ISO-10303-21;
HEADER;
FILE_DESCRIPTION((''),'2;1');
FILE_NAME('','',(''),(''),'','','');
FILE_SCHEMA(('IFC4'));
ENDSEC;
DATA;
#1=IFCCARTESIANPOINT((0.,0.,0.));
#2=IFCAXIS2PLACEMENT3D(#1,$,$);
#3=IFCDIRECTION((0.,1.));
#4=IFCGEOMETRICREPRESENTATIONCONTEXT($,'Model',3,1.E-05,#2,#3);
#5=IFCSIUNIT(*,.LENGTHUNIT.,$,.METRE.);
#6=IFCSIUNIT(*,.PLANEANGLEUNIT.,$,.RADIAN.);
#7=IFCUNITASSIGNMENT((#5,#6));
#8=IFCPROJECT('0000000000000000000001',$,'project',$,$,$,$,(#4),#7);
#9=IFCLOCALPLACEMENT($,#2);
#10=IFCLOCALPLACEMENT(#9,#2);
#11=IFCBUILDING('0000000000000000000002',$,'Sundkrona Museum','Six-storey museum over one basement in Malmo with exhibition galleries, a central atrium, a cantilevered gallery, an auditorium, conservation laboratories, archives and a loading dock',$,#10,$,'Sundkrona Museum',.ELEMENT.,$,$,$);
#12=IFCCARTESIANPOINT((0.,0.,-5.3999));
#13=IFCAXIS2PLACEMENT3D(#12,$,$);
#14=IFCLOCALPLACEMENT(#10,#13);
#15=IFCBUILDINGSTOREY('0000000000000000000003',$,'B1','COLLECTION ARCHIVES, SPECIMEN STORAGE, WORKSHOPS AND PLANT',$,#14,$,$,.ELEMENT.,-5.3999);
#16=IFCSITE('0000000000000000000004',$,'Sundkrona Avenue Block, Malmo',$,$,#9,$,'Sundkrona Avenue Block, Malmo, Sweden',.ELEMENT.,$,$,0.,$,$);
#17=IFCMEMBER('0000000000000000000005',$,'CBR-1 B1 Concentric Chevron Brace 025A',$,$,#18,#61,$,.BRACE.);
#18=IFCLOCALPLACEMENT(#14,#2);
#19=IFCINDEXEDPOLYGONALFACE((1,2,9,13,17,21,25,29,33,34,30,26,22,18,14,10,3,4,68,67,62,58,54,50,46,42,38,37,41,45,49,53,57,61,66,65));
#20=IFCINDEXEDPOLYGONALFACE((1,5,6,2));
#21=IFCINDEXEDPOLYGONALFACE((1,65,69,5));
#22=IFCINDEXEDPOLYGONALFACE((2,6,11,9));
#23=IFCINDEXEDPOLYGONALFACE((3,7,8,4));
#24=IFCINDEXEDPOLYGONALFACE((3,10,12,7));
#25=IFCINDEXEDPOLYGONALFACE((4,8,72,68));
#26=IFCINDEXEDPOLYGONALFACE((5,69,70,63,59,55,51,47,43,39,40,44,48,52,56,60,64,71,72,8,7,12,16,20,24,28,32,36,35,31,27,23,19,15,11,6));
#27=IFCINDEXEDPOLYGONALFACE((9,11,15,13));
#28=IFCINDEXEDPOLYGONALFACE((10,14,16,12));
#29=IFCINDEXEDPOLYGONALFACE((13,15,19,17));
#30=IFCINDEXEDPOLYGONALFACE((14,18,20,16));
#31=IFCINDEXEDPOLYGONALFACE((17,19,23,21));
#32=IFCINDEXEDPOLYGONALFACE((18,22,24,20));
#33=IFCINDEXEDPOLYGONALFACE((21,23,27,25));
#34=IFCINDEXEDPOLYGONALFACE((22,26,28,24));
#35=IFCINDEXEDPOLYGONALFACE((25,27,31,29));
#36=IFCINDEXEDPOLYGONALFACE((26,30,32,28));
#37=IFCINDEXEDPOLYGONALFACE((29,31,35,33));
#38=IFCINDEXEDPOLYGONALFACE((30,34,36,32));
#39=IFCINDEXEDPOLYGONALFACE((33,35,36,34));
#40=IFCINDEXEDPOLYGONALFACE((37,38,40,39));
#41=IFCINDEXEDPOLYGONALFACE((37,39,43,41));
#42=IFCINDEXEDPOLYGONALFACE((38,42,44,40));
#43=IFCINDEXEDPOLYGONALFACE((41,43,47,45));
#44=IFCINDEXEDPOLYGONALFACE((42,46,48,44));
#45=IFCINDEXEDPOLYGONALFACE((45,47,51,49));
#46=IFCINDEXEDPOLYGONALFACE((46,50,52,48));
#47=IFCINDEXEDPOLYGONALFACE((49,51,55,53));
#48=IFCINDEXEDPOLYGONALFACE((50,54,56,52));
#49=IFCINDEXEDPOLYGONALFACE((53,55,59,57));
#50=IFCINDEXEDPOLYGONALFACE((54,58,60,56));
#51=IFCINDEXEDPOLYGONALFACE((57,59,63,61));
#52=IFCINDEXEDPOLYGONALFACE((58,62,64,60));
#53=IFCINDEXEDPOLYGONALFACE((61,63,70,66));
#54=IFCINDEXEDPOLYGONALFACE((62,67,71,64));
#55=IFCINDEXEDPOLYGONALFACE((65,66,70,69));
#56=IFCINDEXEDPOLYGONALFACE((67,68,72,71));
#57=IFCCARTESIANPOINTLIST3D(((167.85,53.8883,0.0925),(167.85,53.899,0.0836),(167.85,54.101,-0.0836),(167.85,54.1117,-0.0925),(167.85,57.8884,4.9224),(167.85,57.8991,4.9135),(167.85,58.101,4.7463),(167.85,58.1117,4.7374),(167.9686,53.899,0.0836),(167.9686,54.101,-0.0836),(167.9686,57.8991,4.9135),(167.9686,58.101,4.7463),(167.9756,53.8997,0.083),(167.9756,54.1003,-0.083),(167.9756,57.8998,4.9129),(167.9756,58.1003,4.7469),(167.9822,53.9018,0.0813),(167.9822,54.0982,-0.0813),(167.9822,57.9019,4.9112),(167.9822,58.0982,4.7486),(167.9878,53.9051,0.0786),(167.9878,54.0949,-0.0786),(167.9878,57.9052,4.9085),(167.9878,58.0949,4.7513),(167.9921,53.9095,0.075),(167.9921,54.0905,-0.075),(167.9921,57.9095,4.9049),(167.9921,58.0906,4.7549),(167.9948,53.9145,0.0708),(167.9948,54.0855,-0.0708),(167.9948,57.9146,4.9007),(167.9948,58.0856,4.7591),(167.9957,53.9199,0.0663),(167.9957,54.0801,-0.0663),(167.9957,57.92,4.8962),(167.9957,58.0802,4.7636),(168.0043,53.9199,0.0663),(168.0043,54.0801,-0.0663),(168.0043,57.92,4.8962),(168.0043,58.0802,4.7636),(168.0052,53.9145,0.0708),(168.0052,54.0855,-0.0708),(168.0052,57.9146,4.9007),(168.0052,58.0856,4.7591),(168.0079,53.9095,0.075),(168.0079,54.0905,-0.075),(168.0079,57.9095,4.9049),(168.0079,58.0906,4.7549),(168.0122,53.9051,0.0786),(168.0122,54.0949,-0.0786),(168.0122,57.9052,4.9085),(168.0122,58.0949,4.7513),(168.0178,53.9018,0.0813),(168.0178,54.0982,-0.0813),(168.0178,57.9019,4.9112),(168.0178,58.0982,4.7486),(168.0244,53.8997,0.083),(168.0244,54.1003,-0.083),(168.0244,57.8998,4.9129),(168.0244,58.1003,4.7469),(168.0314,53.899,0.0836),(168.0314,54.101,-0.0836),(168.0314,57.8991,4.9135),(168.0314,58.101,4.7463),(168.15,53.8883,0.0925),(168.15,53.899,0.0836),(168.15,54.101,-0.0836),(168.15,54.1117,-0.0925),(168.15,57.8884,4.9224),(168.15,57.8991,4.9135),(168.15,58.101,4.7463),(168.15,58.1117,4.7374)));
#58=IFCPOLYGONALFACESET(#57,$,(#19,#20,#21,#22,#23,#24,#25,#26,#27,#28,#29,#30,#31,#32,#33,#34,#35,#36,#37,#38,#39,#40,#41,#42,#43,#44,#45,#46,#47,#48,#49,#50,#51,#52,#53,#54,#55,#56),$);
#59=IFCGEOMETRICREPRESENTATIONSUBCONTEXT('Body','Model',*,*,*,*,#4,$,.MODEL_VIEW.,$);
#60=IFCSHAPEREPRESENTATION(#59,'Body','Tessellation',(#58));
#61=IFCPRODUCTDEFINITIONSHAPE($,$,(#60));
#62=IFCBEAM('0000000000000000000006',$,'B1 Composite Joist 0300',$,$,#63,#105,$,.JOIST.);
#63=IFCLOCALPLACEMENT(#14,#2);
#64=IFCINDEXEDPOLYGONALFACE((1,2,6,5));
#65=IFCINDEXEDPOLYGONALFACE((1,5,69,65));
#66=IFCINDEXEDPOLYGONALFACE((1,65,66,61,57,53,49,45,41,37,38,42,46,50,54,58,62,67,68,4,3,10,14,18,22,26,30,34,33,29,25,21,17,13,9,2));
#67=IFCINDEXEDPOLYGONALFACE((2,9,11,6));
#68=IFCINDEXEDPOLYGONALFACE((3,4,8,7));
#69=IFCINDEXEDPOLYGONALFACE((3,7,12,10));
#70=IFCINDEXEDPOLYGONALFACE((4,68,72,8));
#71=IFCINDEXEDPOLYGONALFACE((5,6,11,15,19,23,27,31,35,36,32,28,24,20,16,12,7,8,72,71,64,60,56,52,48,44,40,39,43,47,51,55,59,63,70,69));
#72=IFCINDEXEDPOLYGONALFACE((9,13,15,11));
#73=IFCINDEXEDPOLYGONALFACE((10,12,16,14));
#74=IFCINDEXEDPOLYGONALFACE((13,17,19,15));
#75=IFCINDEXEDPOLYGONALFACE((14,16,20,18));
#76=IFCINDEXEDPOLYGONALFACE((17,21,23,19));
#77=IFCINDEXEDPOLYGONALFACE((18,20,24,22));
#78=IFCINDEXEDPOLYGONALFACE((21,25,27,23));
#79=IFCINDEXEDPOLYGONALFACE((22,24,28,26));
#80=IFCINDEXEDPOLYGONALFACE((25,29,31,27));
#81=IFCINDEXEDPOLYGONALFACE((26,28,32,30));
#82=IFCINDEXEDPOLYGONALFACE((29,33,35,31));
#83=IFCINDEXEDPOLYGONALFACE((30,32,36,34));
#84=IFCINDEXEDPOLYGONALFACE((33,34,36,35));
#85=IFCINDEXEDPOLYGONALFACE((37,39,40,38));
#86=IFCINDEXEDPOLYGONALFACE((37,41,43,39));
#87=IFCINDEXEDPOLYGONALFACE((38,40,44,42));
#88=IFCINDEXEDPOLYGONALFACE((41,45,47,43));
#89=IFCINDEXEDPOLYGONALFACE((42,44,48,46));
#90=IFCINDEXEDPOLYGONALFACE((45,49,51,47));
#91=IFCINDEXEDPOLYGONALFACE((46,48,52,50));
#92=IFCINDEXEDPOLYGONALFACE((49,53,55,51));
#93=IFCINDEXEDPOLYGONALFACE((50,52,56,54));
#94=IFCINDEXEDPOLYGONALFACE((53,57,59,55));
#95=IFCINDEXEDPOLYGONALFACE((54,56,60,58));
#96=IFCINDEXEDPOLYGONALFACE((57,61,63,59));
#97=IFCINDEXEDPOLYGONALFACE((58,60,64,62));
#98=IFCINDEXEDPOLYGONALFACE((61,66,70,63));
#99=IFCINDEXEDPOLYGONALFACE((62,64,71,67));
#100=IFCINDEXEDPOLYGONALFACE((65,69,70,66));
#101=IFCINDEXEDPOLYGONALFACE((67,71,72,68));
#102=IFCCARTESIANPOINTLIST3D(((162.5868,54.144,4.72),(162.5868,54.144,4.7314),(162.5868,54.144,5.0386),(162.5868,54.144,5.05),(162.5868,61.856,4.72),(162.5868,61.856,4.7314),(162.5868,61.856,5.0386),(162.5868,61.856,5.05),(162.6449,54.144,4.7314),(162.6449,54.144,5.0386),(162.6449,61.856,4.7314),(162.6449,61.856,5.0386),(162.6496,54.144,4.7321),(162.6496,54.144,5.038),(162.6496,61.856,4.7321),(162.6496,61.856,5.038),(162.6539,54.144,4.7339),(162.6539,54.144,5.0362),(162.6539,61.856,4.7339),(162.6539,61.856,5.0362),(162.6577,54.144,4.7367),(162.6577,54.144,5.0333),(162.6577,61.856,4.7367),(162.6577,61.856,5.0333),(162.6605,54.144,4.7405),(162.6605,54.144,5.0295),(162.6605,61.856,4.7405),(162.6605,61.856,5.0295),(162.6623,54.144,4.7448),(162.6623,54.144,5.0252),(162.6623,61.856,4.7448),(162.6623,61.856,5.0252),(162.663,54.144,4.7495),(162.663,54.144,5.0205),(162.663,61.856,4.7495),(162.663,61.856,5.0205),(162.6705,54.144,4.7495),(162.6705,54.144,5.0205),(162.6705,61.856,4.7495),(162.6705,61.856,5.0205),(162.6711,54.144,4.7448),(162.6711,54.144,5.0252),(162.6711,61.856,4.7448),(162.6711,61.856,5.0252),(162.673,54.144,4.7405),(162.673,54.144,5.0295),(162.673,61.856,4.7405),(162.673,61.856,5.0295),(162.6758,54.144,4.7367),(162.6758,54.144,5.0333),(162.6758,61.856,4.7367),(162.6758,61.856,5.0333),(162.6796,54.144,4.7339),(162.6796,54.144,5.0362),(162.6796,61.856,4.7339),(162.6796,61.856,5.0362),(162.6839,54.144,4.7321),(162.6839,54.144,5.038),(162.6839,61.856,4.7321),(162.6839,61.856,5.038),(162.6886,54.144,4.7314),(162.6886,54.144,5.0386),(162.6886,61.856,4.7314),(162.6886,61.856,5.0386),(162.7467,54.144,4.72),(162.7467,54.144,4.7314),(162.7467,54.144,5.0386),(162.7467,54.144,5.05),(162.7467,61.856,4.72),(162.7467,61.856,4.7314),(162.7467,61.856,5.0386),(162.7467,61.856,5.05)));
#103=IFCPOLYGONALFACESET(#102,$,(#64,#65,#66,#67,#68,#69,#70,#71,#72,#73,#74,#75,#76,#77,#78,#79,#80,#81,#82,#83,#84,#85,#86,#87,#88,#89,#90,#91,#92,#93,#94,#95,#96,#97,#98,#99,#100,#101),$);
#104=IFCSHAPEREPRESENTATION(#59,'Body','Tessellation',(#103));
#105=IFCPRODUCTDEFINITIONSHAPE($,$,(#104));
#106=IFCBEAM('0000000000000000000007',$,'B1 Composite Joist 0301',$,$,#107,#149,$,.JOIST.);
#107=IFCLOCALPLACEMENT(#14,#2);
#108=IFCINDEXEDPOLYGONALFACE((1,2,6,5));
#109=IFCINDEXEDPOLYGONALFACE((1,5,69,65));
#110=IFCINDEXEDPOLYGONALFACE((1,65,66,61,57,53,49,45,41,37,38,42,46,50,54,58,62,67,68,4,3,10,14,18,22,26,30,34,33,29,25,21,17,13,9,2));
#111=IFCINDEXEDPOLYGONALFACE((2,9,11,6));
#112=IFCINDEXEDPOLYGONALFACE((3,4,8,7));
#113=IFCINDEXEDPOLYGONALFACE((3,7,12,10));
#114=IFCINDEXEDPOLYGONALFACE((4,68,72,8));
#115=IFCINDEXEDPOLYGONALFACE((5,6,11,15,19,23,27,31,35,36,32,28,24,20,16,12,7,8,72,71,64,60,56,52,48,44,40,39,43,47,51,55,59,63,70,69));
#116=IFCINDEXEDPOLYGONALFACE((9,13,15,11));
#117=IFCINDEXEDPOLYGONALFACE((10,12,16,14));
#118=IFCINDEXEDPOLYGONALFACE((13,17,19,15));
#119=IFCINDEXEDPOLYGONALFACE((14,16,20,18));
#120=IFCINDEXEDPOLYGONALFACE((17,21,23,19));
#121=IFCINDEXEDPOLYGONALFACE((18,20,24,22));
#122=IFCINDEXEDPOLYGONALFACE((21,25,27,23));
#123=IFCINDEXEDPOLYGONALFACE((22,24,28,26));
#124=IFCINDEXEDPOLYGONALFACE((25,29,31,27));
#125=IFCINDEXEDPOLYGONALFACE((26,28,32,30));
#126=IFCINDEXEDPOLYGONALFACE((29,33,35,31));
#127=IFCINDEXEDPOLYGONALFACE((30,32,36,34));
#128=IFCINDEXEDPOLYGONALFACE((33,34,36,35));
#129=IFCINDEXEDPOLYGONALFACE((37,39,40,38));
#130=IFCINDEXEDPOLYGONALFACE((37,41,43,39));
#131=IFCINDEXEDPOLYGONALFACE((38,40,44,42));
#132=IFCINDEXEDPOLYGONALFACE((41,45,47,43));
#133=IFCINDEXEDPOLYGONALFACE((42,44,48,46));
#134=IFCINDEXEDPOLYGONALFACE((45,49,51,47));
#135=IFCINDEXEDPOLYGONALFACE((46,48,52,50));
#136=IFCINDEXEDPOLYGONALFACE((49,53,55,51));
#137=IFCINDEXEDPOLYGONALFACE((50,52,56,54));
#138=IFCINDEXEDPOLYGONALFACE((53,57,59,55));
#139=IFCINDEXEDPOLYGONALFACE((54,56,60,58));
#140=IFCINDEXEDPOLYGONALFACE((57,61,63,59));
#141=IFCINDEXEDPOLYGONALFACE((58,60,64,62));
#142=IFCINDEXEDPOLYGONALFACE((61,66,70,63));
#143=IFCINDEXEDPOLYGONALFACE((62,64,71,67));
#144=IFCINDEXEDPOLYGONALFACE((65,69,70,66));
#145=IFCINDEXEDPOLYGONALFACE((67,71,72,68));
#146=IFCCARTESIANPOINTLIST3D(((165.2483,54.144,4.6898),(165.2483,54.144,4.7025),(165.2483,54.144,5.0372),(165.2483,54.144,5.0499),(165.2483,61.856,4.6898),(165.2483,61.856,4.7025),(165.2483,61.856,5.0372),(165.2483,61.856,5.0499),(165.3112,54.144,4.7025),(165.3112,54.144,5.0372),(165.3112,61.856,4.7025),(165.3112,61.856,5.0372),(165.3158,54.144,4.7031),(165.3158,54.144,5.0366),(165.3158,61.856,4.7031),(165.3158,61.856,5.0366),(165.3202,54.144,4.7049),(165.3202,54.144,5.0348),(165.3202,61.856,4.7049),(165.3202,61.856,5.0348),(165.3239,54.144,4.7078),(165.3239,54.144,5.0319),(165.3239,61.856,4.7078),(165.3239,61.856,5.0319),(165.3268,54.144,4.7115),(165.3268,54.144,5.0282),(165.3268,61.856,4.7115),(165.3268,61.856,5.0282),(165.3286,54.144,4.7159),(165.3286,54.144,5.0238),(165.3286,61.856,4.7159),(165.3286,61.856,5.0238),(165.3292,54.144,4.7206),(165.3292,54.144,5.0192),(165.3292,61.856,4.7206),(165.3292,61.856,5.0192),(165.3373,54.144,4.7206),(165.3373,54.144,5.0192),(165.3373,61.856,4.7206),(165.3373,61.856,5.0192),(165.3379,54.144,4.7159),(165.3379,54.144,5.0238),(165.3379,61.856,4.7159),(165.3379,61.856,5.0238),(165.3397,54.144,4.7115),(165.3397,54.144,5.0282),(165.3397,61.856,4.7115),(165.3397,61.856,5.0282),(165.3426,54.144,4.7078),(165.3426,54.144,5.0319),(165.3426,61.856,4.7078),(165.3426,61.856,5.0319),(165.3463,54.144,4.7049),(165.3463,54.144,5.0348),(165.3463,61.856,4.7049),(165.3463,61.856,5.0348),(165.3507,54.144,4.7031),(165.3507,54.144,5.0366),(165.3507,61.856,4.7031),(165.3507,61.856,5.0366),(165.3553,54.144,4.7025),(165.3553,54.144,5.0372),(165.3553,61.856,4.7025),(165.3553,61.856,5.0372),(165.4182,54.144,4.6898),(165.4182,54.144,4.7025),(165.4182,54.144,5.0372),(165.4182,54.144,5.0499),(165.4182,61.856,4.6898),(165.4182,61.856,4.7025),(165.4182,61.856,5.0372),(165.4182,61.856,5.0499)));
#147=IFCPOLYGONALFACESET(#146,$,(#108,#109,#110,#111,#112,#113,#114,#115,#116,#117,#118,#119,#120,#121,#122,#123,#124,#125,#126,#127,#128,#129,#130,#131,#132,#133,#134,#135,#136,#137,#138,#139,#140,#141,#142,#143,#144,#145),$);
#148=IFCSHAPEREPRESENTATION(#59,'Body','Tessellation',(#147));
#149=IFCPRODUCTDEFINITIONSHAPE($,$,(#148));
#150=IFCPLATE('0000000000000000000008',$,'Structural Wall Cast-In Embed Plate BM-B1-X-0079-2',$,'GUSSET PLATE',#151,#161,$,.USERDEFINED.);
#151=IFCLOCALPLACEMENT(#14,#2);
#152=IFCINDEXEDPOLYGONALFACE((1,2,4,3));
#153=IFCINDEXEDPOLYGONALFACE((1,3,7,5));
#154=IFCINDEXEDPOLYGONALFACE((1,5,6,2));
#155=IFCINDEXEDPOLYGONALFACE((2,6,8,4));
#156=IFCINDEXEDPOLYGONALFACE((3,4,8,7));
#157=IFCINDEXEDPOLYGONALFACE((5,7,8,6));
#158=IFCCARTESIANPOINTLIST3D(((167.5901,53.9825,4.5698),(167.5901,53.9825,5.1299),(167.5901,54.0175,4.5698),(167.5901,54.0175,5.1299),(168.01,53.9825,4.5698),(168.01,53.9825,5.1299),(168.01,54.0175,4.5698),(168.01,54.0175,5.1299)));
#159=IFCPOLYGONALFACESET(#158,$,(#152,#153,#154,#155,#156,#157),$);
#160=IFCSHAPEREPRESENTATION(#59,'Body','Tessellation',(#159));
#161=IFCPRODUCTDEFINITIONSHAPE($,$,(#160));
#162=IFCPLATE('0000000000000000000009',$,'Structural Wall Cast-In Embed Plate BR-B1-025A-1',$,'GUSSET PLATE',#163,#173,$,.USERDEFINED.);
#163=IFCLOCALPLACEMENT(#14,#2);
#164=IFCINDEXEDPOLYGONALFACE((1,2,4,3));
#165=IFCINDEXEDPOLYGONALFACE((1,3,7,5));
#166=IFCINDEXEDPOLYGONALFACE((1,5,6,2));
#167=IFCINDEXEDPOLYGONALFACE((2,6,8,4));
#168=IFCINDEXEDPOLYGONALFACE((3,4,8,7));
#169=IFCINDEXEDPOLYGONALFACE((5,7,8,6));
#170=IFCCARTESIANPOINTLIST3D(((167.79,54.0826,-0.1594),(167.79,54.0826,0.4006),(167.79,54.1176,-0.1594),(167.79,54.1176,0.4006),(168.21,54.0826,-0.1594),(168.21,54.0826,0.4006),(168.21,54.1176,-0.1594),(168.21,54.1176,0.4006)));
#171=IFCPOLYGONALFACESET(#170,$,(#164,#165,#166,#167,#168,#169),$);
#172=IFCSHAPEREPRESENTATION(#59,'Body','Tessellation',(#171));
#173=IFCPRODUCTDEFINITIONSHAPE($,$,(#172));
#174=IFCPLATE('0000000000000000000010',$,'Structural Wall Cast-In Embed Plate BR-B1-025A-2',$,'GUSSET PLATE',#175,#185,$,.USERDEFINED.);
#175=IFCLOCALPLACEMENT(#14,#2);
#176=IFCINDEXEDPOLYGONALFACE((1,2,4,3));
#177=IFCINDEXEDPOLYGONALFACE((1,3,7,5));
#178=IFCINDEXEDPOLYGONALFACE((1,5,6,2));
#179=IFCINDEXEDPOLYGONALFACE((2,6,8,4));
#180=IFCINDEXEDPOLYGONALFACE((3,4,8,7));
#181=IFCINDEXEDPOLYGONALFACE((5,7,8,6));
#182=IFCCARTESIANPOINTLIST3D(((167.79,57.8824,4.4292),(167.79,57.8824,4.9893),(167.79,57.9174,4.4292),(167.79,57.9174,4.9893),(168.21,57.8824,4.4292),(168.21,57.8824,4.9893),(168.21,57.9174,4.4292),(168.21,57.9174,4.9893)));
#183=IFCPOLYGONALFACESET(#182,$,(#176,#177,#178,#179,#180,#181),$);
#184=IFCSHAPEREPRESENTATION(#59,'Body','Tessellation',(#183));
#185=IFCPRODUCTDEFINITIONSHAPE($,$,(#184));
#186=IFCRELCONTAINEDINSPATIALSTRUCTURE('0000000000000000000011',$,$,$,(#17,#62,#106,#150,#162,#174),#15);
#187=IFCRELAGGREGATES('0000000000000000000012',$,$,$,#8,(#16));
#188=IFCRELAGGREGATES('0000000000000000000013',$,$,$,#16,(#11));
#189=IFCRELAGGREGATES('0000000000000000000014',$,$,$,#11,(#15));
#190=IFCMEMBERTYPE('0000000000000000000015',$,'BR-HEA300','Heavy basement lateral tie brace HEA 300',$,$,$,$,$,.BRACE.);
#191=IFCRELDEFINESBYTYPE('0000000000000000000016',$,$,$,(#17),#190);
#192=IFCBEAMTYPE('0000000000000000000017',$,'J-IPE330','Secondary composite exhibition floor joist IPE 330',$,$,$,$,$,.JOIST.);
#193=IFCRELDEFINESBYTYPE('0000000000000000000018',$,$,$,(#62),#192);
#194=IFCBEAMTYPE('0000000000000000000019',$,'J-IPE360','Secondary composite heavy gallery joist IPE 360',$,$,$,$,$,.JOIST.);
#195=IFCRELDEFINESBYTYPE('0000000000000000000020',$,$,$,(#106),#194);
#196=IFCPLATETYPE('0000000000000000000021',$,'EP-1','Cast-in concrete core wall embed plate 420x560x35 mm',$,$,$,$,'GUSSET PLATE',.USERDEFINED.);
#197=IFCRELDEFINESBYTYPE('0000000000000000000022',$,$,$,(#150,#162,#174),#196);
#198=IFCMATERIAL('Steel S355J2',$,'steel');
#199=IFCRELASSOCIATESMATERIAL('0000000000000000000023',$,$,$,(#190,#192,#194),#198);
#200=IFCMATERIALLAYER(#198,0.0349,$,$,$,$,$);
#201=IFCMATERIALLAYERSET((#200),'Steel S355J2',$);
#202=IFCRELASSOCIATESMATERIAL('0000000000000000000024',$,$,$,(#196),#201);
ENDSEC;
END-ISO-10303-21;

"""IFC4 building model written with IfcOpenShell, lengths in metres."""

from ifc_helpers import new_model, si_unit, direction, frame, origin, origin_2d, place, context, subcontext, project, spatial, rectangle, i_section, extrude, material, layer, layer_set, material_profile, profile_set, type_object, element, save


model = new_model("IFC4")

# Units and contexts
model_context = context("Model", 3, precision=1e-05, world=origin(), true_north=direction((0.0, 1.0)))
body_context = subcontext(model_context, "Body", "Model", "MODEL_VIEW")
ifc_project = project(units=[si_unit("LENGTHUNIT", "METRE"), si_unit("PLANEANGLEUNIT", "RADIAN")], contexts=[model_context])

# Site, building, storey
site_placement = place(None, origin())
site = spatial("IfcSite", under=ifc_project, at=site_placement, Name="Sundkrona Avenue Block, Malmo", LongName="Sundkrona Avenue Block, Malmo, Sweden", CompositionType="ELEMENT", RefElevation=0.0)
building_placement = place(site_placement, origin())
building = spatial("IfcBuilding", under=site, at=building_placement, Name="Sundkrona Museum", Description="Six-storey museum over one basement in Malmo with exhibition galleries, a central atrium, a cantilevered gallery, an auditorium, conservation laboratories, archives and a loading dock", LongName="Sundkrona Museum", CompositionType="ELEMENT")
storey_placement = place(building_placement, frame((0.0, 0.0, -5.3999)))
storey = spatial("IfcBuildingStorey", under=building, at=storey_placement, Name="B1", Description="COLLECTION ARCHIVES, SPECIMEN STORAGE, WORKSHOPS AND PLANT", CompositionType="ELEMENT", Elevation=-5.3999)

# Shared definitions
ifc_material_1 = material(Name="Steel S355J2", Category="steel")

# Member
ifc_material_profile_1 = material_profile(ifc_material_1, i_section(OverallWidth=0.3, OverallDepth=0.29, WebThickness=0.0085, FlangeThickness=0.0139, FilletRadius=0.0271, at=origin_2d()), Name="HEA 300")
ifc_profile_set_1 = profile_set([ifc_material_profile_1], Name="Steel S355J2")
member_type = type_object("IfcMemberType", Name="BR-HEA300", Description="Heavy basement lateral tie brace HEA 300", PredefinedType="BRACE", material=ifc_profile_set_1)
member_placement = place(storey_placement, frame((168.0, 54.0, 0.0), z_axis=(0.0, 0.637842, 0.770167), x_axis=(-1.0, 0.0, 0.0)))
element("IfcMember", 1, at=member_placement, inside=storey, type_object=member_type, Name="CBR-1 B1 Concentric Chevron Brace 025A", PredefinedType="BRACE", context=body_context, shape_type="SweptSolid", body=[
    extrude(i_section(OverallWidth=0.3, OverallDepth=0.29, WebThickness=0.0085, FlangeThickness=0.0139, FilletRadius=0.0271, at=origin_2d()), origin(), (0.0, 0.0, 1.0), 6.2712),
])

# Beams
ifc_material_profile_2 = material_profile(ifc_material_1, i_section(OverallWidth=0.1599, OverallDepth=0.3301, WebThickness=0.0076, FlangeThickness=0.0115, FilletRadius=0.0181, at=origin_2d()), Name="IPE 330")
ifc_profile_set_2 = profile_set([ifc_material_profile_2], Name="Steel S355J2")
beam_type_1 = type_object("IfcBeamType", Name="J-IPE330", Description="Secondary composite exhibition floor joist IPE 330", PredefinedType="JOIST", material=ifc_profile_set_2)
beam_1_placement = place(storey_placement, frame((162.6667, 54.144, 4.885), z_axis=(0.0, 1.0, 0.0), x_axis=(-1.0, 0.0, 0.0)))
element("IfcBeam", 2, at=beam_1_placement, inside=storey, type_object=beam_type_1, Name="B1 Composite Joist 0300", PredefinedType="JOIST", context=body_context, shape_type="SweptSolid", body=[
    extrude(i_section(OverallWidth=0.1599, OverallDepth=0.3301, WebThickness=0.0076, FlangeThickness=0.0115, FilletRadius=0.0181, at=origin_2d()), origin(), (0.0, 0.0, 1.0), 7.7119),
])
ifc_material_profile_3 = material_profile(ifc_material_1, i_section(OverallWidth=0.1699, OverallDepth=0.3601, WebThickness=0.0081, FlangeThickness=0.0127, FilletRadius=0.0181, at=origin_2d()), Name="IPE 360")
ifc_profile_set_3 = profile_set([ifc_material_profile_3], Name="Steel S355J2")
beam_type_2 = type_object("IfcBeamType", Name="J-IPE360", Description="Secondary composite heavy gallery joist IPE 360", PredefinedType="JOIST", material=ifc_profile_set_3)
beam_2_placement = place(storey_placement, frame((165.3333, 54.144, 4.8699), z_axis=(0.0, 1.0, 0.0), x_axis=(-1.0, 0.0, 0.0)))
element("IfcBeam", 3, at=beam_2_placement, inside=storey, type_object=beam_type_2, Name="B1 Composite Joist 0301", PredefinedType="JOIST", context=body_context, shape_type="SweptSolid", body=[
    extrude(i_section(OverallWidth=0.1699, OverallDepth=0.3601, WebThickness=0.0081, FlangeThickness=0.0127, FilletRadius=0.0181, at=origin_2d()), origin(), (0.0, 0.0, 1.0), 7.7119),
])

# Plates
ifc_layer_1 = layer(ifc_material_1, 0.0349)
ifc_layer_set_1 = layer_set([ifc_layer_1], Name="Steel S355J2")
plate_type_1 = type_object("IfcPlateType", Name="EP-1", Description="Cast-in concrete core wall embed plate 420x560x35 mm", ElementType="GUSSET PLATE", PredefinedType="USERDEFINED", material=ifc_layer_set_1)
for number, where, z_axis, x_axis, name in (
    (4, (167.8, 54.0, 4.5698), (0.0, 0.0, 1.0), (1.0, 0.0, 0.0), "Structural Wall Cast-In Embed Plate BM-B1-X-0079-2"),
    (5, (168.0, 54.1001, -0.1594), (0.0, 0.0, 1.0), (1.0, 0.0, 0.0), "Structural Wall Cast-In Embed Plate BR-B1-025A-1"),
    (6, (168.0, 57.8999, 4.4292), (0.0, 0.0, 1.0), (1.0, 0.0, 0.0), "Structural Wall Cast-In Embed Plate BR-B1-025A-2"),
):
    element("IfcPlate", number, at=place(storey_placement, frame(where, z_axis=z_axis, x_axis=x_axis)), inside=storey, type_object=plate_type_1, Name=name, ObjectType="GUSSET PLATE", PredefinedType="USERDEFINED", context=body_context, shape_type="SweptSolid", body=[
        extrude(rectangle(XDim=0.4199, YDim=0.0349, at=origin_2d()), origin(), (0.0, 0.0, 1.0), 0.5601),
    ])

save(model, "model.ifc")
